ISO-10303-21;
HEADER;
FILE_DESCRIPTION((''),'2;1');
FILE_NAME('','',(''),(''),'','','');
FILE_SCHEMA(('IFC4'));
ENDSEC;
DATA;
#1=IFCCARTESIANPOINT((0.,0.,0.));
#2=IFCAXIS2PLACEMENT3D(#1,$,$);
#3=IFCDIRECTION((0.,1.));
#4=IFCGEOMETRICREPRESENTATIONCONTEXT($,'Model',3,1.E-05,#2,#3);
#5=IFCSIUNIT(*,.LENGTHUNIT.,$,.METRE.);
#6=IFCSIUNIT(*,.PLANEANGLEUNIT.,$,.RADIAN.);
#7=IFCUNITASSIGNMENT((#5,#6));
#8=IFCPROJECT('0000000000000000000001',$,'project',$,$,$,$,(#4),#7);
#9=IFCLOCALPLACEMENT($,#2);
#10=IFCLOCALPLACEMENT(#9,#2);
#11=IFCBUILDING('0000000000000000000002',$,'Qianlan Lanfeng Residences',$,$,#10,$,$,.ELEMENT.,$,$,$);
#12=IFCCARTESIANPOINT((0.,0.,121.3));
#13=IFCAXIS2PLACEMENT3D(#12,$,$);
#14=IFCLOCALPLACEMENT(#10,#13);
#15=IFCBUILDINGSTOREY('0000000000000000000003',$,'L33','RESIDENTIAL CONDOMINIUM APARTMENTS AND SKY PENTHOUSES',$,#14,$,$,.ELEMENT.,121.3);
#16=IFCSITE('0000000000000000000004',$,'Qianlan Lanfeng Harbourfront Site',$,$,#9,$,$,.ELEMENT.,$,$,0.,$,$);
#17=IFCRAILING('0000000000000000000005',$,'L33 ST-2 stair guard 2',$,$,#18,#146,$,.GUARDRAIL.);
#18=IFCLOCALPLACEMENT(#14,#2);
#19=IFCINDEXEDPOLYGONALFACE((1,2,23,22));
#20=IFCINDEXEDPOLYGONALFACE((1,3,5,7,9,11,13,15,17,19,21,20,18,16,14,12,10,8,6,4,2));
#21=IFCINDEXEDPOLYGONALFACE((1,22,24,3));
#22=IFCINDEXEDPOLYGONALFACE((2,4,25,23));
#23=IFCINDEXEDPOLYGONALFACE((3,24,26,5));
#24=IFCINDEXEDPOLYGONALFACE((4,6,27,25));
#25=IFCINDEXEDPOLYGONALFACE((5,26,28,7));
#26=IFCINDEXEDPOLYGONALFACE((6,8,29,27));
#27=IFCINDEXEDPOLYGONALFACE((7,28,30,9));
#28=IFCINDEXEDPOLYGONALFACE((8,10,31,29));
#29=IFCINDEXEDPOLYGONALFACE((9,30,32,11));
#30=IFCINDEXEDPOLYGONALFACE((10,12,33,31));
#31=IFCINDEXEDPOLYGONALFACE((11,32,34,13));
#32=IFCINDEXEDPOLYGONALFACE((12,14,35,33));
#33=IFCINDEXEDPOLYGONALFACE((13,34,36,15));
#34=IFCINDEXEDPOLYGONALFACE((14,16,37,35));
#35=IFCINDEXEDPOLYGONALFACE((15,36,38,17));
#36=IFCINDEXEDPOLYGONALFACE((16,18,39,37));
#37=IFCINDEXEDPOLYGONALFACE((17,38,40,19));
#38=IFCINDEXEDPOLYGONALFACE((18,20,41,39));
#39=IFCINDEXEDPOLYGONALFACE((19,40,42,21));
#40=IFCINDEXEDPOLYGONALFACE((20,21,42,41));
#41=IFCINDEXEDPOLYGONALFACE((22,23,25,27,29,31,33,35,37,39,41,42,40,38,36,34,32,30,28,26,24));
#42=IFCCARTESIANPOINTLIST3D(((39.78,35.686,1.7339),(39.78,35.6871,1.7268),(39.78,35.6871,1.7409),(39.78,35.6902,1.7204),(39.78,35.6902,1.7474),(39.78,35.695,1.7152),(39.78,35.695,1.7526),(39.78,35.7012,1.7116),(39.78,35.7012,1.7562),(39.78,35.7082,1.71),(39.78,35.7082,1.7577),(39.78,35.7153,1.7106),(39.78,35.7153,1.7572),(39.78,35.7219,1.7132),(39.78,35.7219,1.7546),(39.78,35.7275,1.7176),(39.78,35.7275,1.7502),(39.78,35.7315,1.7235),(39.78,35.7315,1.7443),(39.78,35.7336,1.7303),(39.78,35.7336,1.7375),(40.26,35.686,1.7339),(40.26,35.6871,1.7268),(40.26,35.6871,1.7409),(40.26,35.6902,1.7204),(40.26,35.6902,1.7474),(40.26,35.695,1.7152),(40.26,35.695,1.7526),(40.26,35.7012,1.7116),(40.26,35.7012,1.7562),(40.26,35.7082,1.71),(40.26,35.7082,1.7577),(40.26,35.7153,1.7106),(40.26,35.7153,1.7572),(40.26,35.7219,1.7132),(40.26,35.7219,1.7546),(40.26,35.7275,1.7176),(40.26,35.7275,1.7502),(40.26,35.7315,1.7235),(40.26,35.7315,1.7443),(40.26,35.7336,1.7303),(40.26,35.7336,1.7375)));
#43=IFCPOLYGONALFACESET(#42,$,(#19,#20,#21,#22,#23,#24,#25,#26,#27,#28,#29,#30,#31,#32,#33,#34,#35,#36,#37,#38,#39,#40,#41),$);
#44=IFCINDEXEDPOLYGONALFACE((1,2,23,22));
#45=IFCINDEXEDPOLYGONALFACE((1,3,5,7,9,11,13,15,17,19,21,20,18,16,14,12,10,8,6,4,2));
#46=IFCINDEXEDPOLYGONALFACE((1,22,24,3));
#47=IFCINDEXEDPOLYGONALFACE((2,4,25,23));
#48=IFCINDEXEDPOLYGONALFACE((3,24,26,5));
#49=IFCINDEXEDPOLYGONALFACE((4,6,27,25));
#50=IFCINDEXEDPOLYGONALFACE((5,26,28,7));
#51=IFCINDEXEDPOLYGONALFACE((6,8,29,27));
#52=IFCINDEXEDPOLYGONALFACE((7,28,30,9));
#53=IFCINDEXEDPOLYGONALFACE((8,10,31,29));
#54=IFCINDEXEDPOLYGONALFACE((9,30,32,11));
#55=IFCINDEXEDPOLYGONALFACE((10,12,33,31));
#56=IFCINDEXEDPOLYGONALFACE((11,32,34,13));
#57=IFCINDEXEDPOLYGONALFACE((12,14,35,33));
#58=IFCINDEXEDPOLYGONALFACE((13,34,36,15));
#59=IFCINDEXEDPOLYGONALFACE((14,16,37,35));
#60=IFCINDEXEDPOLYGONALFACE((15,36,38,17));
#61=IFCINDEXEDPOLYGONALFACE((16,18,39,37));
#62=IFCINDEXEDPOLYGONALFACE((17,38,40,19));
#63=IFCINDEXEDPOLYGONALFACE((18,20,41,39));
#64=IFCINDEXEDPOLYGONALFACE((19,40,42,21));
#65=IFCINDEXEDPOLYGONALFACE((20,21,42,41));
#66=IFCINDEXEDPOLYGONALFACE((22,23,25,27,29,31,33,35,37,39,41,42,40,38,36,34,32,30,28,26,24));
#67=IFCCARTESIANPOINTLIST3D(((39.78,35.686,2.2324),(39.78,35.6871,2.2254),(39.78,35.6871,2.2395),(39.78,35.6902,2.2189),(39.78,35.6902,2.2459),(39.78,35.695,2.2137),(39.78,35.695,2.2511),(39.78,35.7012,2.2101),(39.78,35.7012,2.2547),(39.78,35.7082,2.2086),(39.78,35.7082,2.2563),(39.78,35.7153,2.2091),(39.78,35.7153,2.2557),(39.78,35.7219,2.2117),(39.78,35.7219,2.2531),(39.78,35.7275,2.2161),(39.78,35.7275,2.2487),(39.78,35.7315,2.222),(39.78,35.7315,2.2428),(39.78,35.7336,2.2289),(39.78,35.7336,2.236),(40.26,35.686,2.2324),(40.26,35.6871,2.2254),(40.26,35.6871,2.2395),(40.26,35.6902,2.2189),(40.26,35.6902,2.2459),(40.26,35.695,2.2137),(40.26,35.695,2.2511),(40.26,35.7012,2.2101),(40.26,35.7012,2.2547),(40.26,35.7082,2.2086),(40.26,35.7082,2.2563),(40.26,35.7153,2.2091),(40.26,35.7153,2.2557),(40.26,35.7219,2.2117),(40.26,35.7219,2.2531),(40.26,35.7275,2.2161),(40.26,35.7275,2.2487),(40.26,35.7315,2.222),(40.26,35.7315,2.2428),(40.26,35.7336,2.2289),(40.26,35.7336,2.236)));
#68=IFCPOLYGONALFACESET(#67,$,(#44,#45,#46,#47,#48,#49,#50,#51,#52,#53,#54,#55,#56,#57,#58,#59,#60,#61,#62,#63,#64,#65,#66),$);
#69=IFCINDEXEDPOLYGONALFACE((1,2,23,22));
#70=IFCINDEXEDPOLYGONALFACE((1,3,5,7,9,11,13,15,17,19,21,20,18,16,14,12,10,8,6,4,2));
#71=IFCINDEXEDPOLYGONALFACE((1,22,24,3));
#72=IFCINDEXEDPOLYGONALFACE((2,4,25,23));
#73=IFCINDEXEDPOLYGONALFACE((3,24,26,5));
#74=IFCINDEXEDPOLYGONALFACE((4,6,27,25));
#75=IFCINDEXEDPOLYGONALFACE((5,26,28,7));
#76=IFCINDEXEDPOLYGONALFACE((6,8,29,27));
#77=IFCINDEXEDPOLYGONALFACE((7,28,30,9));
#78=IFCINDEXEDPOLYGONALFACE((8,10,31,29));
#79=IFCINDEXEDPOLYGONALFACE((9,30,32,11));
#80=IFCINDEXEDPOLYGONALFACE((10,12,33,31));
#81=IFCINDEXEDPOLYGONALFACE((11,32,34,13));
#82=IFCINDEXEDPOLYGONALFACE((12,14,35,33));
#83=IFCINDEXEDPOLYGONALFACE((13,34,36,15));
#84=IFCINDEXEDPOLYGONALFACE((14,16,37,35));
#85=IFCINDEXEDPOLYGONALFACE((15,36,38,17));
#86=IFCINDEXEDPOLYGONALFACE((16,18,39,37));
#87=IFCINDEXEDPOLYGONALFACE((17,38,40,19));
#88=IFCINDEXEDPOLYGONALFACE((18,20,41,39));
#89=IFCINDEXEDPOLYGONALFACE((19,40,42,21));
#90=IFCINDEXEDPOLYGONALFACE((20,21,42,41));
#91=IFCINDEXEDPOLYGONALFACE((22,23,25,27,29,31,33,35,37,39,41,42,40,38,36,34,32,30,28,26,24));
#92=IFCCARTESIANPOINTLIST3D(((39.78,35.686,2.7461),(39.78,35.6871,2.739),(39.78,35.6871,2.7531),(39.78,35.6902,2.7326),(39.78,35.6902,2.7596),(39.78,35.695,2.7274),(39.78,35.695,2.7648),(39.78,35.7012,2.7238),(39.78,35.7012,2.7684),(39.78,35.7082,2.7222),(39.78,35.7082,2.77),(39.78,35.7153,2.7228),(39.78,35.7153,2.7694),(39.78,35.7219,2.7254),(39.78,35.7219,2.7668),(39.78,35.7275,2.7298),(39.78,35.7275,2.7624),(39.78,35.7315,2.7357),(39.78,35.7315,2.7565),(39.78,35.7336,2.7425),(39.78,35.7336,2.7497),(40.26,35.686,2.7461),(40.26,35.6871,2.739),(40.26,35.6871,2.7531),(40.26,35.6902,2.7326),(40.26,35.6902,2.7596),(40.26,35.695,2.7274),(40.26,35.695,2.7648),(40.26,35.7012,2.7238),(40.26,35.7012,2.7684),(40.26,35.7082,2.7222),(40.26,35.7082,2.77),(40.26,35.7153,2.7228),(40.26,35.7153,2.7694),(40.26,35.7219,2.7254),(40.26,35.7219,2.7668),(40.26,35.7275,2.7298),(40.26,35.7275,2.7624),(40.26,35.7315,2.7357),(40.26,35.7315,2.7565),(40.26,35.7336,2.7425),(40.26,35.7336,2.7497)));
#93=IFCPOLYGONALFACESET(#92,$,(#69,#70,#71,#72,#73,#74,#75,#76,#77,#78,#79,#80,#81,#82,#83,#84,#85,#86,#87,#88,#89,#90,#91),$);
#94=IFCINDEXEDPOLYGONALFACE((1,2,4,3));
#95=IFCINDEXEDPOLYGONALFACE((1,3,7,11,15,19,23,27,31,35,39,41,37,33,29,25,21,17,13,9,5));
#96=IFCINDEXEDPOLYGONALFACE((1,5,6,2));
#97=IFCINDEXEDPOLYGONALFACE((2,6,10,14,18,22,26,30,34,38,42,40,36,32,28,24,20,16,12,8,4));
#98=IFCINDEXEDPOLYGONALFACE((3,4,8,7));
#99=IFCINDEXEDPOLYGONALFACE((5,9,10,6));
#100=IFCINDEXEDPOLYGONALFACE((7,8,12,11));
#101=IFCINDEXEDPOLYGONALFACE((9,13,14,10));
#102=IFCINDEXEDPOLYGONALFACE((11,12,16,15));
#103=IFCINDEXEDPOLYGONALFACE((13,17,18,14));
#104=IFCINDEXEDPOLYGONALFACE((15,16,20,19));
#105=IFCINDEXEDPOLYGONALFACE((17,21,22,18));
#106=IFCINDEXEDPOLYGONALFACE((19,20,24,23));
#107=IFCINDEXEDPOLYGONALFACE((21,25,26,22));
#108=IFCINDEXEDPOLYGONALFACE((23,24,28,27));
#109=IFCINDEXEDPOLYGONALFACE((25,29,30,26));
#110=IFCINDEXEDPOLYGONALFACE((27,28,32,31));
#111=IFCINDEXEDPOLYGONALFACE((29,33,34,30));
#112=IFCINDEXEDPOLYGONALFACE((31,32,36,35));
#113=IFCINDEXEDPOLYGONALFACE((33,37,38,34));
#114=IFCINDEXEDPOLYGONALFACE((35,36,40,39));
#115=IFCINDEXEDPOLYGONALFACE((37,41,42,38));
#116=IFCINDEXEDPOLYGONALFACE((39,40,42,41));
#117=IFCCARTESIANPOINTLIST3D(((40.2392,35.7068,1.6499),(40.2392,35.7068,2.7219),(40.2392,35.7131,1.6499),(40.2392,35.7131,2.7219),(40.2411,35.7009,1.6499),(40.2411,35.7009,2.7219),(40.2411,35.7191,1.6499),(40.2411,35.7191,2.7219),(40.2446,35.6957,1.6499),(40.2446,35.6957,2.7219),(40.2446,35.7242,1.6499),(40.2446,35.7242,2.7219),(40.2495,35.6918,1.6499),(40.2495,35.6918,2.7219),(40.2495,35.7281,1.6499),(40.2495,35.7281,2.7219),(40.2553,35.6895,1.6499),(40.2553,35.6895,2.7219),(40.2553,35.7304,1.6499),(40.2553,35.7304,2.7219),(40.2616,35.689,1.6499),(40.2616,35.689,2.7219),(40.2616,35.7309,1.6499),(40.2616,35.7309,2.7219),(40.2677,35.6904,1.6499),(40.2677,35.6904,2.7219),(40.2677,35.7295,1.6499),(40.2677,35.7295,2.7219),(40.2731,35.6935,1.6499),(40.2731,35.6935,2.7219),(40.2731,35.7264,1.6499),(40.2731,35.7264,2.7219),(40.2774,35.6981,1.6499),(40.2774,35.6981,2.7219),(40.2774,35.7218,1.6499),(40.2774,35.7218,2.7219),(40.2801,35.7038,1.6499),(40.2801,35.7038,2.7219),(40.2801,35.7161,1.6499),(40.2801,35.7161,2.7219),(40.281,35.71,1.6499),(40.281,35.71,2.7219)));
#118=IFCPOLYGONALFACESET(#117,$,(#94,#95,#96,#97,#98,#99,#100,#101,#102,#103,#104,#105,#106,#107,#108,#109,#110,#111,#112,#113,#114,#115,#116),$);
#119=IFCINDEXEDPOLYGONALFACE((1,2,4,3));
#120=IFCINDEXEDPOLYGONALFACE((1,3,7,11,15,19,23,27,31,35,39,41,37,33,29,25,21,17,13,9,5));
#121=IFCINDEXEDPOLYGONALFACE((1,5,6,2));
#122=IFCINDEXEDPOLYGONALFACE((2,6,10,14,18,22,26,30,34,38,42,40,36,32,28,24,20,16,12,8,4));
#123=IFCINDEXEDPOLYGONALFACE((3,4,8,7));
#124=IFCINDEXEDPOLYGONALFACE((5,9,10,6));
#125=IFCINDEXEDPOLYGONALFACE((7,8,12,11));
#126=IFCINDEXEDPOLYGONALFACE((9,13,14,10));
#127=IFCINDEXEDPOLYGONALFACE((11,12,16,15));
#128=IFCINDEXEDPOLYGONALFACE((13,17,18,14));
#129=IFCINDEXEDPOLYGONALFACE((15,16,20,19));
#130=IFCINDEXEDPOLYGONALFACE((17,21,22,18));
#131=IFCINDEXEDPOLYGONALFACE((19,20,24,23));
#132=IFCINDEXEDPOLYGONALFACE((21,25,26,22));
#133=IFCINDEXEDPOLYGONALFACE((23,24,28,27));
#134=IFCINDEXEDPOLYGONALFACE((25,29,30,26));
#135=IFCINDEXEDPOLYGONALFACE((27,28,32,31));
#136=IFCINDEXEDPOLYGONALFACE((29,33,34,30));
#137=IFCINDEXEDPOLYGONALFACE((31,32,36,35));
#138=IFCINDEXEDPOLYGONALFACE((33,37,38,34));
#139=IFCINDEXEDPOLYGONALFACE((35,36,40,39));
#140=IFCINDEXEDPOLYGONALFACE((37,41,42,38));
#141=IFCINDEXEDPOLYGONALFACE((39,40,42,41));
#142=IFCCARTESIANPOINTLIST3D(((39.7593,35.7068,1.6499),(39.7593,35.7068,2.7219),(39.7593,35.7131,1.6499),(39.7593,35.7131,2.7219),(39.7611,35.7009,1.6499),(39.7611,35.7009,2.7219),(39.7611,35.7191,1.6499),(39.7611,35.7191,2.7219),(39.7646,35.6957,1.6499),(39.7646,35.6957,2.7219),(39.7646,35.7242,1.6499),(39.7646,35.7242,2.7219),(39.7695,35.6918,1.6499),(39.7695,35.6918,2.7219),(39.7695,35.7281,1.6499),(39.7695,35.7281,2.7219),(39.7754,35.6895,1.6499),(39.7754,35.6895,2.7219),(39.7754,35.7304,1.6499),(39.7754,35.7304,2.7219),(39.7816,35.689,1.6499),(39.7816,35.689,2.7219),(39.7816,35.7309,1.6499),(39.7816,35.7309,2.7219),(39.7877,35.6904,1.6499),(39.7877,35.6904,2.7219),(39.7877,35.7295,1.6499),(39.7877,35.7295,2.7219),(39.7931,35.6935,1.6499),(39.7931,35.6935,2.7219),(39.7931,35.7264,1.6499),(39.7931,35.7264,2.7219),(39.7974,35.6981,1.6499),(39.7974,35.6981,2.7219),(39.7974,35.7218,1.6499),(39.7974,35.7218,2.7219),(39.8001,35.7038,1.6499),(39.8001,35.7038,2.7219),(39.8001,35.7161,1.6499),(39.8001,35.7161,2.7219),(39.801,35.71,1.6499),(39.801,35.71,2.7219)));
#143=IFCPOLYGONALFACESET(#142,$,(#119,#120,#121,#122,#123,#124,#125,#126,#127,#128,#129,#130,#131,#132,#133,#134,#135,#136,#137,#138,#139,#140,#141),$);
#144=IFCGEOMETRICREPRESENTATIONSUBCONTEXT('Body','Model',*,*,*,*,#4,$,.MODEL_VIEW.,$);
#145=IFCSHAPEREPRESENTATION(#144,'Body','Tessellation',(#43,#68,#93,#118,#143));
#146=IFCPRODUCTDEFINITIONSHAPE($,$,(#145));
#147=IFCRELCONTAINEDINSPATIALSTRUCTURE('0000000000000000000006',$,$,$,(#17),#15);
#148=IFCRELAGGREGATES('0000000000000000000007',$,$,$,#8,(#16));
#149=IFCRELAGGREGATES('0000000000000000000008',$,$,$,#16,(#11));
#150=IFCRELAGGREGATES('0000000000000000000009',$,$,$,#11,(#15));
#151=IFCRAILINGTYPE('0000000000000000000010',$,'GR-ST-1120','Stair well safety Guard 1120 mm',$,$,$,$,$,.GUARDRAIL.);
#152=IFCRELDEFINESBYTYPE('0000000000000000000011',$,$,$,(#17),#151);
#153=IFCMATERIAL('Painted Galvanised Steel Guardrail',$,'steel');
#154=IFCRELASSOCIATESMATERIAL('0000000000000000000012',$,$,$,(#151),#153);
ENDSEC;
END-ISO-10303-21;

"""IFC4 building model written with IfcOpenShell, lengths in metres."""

from ifc_helpers import new_model, si_unit, direction, frame, origin, origin_2d, place, context, subcontext, project, spatial, circle, extrude, material, type_object, element, save


model = new_model("IFC4")

# Units and contexts
model_context = context("Model", 3, precision=1e-05, world=origin(), true_north=direction((0.0, 1.0)))
body_context = subcontext(model_context, "Body", "Model", "MODEL_VIEW")
ifc_project = project(units=[si_unit("LENGTHUNIT", "METRE"), si_unit("PLANEANGLEUNIT", "RADIAN")], contexts=[model_context])

# Site, building, storey
site_placement = place(None, origin())
site = spatial("IfcSite", under=ifc_project, at=site_placement, Name="Qianlan Lanfeng Harbourfront Site", CompositionType="ELEMENT", RefElevation=0.0)
building_placement = place(site_placement, origin())
building = spatial("IfcBuilding", under=site, at=building_placement, Name="Qianlan Lanfeng Residences", CompositionType="ELEMENT")
storey_placement = place(building_placement, frame((0.0, 0.0, 121.3)))
storey = spatial("IfcBuildingStorey", under=building, at=storey_placement, Name="L33", Description="RESIDENTIAL CONDOMINIUM APARTMENTS AND SKY PENTHOUSES", CompositionType="ELEMENT", Elevation=121.3)

# Railing
ifc_material_1 = material(Name="Painted Galvanised Steel Guardrail", Category="steel")
railing_type_1 = type_object("IfcRailingType", Name="GR-ST-1120", Description="Stair well safety Guard 1120 mm", PredefinedType="GUARDRAIL", material=ifc_material_1)
railing_1_placement = place(storey_placement, frame((40.26, 35.71, 1.6499)))
element("IfcRailing", 1, at=railing_1_placement, inside=storey, type_object=railing_type_1, Name="L33 ST-2 stair guard 2", PredefinedType="GUARDRAIL", context=body_context, shape_type="SweptSolid", body=[
    extrude(circle(Radius=0.0239, at=origin_2d()), frame((0.0, 0.0, 0.084), z_axis=(-1.0, 0.0, 0.0), x_axis=(0.0, -1.0, 0.0)), (0.0, 0.0, 1.0), 0.48),
    extrude(circle(Radius=0.0239, at=origin_2d()), frame((0.0, 0.0, 0.5825), z_axis=(-1.0, 0.0, 0.0), x_axis=(0.0, -1.0, 0.0)), (0.0, 0.0, 1.0), 0.48),
    extrude(circle(Radius=0.0239, at=origin_2d()), frame((0.0, 0.0, 1.0962), z_axis=(-1.0, 0.0, 0.0), x_axis=(0.0, -1.0, 0.0)), (0.0, 0.0, 1.0), 0.48),
    extrude(circle(Radius=0.021, at=origin_2d()), origin(), (0.0, 0.0, 1.0), 1.072),
    extrude(circle(Radius=0.021, at=origin_2d()), frame((-0.48, 0.0, 0.0)), (0.0, 0.0, 1.0), 1.072),
])

save(model, "model.ifc")
